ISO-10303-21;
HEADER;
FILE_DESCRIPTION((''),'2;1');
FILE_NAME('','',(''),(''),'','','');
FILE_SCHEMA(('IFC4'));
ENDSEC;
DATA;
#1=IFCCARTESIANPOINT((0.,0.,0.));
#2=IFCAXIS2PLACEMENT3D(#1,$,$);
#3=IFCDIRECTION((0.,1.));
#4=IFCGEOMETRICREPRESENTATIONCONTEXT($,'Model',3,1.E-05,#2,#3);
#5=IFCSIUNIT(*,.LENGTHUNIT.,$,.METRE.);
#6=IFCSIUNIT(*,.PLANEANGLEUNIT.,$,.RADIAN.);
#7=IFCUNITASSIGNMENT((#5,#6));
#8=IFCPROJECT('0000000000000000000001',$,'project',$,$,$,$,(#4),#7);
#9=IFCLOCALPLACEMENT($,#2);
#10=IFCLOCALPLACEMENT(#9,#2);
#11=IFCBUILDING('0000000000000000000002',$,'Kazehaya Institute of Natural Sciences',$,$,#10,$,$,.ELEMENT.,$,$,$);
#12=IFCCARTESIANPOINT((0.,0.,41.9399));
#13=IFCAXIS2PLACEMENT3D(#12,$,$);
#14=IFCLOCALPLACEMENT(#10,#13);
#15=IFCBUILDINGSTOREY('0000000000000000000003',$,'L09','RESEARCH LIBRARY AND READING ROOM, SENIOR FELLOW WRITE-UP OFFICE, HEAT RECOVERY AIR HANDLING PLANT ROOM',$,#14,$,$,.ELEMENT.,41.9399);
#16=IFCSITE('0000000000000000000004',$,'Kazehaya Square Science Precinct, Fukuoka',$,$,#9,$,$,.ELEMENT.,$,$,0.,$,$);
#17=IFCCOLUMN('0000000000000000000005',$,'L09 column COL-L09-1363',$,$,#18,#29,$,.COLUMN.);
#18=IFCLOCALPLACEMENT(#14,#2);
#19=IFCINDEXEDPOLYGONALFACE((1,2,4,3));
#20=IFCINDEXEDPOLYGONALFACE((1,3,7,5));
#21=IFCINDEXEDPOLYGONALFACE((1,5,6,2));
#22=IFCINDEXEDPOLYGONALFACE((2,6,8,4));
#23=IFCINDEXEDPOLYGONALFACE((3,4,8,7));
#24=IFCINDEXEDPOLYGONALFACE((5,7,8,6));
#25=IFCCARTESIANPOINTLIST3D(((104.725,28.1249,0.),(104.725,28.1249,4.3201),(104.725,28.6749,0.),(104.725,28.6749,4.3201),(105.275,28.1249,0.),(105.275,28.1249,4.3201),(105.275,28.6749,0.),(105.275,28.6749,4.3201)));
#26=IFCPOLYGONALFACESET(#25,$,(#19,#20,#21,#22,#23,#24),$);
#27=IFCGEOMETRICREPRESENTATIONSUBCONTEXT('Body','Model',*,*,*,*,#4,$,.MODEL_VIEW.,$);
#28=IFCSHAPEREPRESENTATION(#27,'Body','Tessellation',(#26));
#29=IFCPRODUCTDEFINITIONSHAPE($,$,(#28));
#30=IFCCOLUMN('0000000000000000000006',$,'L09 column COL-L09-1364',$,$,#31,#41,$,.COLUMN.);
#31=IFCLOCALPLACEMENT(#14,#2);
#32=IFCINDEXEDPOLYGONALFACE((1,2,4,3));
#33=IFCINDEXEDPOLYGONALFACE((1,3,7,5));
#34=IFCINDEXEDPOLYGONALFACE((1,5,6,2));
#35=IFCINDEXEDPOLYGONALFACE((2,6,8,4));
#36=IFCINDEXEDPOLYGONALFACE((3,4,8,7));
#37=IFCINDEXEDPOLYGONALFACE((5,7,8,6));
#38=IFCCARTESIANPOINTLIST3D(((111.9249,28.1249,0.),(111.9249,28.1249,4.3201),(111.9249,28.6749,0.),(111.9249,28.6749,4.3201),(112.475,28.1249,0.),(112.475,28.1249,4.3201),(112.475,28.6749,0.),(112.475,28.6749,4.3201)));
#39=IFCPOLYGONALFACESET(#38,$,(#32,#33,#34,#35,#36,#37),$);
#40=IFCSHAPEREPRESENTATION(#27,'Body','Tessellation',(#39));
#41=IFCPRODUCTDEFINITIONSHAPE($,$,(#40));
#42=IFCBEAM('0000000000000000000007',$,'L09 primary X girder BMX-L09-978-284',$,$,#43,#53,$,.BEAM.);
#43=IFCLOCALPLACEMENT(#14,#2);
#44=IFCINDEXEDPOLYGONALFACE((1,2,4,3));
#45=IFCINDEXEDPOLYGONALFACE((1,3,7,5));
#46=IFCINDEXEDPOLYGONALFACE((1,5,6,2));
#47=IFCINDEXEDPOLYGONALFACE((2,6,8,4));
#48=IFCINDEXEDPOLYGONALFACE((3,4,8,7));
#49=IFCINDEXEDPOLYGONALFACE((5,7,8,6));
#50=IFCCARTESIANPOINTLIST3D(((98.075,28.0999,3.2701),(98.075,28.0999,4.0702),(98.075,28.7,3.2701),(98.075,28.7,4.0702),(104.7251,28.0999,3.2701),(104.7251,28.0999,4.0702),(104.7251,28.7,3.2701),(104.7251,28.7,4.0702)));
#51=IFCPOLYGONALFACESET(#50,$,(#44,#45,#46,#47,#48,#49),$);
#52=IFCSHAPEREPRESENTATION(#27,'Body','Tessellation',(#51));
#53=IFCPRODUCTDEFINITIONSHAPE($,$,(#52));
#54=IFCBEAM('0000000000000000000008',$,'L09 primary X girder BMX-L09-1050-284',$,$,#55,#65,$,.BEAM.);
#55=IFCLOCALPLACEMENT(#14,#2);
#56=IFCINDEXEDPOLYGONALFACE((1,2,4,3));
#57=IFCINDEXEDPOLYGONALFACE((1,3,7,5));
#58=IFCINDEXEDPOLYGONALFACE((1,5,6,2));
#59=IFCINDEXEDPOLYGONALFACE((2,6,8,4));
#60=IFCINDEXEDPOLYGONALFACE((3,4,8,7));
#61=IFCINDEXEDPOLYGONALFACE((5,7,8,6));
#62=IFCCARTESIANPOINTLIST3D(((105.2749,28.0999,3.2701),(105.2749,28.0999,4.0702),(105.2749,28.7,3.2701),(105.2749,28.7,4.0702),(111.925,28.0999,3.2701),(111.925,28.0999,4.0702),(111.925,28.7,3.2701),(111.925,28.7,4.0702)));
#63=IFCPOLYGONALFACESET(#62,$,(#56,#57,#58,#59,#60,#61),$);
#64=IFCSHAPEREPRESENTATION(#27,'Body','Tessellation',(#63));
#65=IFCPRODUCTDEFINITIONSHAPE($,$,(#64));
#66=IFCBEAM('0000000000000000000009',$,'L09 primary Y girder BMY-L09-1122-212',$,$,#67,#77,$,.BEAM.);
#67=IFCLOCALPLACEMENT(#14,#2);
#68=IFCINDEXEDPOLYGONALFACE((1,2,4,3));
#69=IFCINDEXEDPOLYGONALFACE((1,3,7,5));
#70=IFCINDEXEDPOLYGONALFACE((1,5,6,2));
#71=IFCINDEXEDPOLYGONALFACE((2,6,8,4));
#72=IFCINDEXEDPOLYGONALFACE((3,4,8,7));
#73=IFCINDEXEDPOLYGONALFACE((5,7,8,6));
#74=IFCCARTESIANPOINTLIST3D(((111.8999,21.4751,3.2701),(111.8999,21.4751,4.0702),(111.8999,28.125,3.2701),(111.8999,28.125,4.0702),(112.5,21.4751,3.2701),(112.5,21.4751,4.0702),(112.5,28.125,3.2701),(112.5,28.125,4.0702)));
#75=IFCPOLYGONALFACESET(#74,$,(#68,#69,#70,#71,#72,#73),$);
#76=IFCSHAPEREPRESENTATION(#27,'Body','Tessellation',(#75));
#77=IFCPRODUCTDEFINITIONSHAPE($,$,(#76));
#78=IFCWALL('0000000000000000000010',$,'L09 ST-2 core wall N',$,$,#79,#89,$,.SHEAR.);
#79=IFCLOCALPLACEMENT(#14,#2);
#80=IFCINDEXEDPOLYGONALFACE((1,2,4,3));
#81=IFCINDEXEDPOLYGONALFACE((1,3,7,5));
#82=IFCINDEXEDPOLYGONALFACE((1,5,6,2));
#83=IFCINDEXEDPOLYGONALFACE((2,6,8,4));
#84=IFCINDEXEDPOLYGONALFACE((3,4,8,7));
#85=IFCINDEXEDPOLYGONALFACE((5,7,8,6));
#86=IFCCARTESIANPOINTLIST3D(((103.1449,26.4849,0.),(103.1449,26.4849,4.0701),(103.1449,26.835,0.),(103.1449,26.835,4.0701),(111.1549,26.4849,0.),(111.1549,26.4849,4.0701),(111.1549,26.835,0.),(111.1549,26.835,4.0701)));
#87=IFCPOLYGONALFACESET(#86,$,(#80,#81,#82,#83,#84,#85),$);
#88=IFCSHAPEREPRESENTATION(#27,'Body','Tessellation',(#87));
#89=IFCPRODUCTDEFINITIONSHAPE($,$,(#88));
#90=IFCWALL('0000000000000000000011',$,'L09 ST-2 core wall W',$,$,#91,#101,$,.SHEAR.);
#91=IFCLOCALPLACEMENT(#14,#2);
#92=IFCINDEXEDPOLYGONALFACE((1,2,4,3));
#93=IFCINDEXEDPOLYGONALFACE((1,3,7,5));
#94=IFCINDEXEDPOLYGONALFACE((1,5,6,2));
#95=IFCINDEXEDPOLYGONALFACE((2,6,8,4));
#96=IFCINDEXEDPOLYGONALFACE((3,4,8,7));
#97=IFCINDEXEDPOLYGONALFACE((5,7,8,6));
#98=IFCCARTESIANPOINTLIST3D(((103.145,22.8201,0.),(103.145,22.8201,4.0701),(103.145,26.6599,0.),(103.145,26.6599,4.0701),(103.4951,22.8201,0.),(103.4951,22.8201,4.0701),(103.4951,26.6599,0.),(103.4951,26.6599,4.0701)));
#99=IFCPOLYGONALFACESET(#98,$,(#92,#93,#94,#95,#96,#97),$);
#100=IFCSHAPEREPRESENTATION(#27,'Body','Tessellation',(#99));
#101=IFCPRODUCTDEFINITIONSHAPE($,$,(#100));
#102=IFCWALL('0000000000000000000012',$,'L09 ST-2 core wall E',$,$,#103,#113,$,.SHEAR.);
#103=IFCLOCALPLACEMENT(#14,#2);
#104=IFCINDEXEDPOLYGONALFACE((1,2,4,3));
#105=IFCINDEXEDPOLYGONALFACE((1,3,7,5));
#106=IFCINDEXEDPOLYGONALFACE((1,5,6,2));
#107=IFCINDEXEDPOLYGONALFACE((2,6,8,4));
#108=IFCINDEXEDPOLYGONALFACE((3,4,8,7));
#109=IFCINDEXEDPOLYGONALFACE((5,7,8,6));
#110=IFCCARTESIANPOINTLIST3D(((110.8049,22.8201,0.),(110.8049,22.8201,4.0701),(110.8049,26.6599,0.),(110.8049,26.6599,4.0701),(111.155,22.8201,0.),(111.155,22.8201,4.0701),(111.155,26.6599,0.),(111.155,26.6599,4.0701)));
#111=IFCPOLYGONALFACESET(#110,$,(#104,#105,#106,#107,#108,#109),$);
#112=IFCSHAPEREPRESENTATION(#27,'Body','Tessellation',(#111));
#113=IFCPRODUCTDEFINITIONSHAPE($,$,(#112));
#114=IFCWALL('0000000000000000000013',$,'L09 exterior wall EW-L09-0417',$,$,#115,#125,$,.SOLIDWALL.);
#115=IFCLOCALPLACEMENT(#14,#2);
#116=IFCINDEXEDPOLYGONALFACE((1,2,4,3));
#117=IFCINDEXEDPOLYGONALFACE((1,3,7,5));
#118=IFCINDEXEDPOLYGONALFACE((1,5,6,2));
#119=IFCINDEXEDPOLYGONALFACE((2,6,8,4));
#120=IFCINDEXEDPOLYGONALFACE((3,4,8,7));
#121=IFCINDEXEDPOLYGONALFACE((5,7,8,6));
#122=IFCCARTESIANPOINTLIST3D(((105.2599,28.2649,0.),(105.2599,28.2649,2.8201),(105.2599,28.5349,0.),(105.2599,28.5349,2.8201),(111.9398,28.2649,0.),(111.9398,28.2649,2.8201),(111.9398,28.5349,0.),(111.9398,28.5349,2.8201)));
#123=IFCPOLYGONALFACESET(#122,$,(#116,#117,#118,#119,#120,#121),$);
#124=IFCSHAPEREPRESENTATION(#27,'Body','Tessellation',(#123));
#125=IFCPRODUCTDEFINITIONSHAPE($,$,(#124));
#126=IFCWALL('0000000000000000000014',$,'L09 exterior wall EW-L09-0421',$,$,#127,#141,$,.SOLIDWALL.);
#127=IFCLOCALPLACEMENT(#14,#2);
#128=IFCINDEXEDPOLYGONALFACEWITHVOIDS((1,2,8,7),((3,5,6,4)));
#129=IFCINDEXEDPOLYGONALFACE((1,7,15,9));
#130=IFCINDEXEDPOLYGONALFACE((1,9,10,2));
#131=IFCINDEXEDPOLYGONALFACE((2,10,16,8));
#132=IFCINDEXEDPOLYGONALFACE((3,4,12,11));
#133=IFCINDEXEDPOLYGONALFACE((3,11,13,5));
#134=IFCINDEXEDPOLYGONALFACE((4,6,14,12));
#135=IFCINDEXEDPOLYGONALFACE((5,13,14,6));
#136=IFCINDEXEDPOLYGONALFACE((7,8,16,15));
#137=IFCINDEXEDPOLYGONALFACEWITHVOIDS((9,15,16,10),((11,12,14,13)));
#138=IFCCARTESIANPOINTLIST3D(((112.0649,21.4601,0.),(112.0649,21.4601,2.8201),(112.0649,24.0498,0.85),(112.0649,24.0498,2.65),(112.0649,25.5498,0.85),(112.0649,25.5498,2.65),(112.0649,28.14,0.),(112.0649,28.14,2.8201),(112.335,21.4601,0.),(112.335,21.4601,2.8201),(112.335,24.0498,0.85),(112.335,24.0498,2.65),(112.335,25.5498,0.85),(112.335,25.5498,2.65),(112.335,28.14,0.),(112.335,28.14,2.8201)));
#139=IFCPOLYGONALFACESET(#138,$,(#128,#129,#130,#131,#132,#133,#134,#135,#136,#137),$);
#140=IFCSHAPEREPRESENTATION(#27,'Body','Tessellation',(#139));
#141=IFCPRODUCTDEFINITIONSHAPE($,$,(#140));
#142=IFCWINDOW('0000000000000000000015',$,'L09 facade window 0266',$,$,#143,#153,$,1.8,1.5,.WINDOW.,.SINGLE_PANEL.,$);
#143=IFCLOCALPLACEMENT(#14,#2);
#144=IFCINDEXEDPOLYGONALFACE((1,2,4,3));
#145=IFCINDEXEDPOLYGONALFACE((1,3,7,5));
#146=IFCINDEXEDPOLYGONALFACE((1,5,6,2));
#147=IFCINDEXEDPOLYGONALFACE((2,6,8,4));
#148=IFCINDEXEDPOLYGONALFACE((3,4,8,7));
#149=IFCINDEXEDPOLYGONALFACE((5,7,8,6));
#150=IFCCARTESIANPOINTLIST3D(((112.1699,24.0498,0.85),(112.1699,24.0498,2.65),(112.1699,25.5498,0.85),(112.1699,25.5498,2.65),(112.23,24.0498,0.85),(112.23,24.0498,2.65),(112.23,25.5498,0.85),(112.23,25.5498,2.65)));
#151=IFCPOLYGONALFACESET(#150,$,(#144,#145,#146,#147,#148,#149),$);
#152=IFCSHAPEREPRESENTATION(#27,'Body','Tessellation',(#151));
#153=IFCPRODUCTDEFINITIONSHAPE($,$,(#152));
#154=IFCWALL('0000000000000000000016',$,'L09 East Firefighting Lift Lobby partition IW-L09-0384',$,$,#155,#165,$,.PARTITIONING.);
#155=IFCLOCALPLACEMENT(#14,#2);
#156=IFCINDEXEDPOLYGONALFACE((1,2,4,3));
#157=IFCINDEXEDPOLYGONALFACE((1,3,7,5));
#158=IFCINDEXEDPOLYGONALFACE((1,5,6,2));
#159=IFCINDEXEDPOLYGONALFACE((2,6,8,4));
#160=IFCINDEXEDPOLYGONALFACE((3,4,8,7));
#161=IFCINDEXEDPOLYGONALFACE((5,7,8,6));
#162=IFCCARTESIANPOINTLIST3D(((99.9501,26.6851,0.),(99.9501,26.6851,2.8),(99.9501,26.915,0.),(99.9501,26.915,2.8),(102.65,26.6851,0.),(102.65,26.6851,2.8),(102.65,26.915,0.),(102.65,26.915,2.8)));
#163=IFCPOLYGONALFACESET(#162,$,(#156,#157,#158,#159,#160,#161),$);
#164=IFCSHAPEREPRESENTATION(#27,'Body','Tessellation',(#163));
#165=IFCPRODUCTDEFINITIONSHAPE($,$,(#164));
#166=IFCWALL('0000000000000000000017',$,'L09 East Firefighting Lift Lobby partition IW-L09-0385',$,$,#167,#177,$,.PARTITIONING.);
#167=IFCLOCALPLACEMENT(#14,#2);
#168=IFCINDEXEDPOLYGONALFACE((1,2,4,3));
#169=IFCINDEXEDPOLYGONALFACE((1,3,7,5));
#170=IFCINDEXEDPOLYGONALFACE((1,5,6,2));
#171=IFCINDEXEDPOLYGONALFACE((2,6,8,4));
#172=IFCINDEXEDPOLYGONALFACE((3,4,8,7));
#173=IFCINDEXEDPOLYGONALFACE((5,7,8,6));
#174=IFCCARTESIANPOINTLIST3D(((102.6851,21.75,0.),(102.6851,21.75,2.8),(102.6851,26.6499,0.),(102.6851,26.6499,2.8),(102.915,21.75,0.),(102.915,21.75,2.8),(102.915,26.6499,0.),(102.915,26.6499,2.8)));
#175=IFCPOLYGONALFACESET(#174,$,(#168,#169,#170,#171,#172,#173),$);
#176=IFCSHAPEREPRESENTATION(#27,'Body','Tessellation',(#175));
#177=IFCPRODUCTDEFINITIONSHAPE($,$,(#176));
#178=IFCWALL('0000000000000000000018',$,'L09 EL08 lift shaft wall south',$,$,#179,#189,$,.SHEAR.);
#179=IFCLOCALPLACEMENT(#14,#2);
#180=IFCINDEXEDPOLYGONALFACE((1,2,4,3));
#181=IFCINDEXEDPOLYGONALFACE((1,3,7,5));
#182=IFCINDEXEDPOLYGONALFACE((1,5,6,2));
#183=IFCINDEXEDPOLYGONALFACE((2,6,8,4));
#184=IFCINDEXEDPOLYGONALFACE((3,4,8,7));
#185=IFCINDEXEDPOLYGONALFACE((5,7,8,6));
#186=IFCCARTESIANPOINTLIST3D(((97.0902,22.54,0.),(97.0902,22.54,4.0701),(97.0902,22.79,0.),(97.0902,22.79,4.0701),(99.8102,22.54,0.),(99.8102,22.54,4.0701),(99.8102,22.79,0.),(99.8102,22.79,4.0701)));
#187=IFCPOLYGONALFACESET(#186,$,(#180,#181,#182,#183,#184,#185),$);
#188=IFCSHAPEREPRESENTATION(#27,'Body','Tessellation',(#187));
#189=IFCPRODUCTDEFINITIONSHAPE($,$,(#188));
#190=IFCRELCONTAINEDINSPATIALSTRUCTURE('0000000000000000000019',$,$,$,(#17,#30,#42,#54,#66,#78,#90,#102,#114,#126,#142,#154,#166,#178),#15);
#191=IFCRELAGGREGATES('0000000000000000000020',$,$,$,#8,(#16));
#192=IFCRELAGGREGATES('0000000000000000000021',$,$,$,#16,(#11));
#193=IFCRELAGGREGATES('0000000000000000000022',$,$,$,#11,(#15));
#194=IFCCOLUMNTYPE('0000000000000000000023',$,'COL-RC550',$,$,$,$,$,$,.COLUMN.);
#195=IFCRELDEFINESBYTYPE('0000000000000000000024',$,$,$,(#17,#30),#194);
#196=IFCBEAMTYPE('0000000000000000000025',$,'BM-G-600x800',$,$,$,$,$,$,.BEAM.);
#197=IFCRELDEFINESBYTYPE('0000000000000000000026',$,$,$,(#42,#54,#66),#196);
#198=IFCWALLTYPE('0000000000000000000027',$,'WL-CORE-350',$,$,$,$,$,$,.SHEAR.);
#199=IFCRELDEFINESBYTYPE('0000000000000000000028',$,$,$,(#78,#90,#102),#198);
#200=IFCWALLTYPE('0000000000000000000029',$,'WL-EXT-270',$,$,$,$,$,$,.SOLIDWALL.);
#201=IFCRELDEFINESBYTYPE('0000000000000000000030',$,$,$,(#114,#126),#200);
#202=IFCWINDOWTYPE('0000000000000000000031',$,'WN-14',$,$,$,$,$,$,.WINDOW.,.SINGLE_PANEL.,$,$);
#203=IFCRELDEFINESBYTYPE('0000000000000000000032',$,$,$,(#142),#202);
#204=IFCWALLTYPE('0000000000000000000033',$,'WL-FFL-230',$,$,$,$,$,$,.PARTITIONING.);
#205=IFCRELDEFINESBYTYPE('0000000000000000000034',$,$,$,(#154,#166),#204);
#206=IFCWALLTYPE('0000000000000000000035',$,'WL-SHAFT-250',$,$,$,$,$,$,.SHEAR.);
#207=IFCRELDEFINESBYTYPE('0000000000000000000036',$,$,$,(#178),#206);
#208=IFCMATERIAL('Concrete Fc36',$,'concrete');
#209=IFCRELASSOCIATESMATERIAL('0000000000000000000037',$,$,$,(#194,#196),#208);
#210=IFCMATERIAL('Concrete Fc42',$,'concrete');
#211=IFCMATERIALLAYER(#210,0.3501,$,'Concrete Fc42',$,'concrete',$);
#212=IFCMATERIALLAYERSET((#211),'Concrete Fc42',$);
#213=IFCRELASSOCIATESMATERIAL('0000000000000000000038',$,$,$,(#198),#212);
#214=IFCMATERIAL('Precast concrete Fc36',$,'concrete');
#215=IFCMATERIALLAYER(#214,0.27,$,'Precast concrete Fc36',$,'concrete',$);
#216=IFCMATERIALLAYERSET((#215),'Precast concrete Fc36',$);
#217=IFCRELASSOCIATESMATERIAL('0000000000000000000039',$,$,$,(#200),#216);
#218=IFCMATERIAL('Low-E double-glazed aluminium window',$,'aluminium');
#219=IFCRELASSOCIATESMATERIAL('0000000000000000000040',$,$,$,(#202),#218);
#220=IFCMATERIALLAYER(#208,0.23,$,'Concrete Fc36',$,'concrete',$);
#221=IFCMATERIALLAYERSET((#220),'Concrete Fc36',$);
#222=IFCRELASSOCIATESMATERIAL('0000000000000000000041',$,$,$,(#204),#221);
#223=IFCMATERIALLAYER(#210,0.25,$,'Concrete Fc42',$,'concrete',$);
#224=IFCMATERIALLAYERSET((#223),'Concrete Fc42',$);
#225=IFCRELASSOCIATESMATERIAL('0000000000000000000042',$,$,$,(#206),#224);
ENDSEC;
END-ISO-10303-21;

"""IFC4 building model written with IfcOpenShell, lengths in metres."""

from ifc_helpers import new_model, si_unit, direction, frame, frame_2d, origin, origin_2d, place, context, subcontext, project, spatial, rectangle, extrude, material, layer, layer_set, material_profile, profile_set, type_object, element, fill, save


model = new_model("IFC4")

# Units and contexts
model_context = context("Model", 3, precision=1e-05, world=origin(), true_north=direction((0.0, 1.0)))
body_context = subcontext(model_context, "Body", "Model", "MODEL_VIEW")
ifc_project = project(units=[si_unit("LENGTHUNIT", "METRE"), si_unit("PLANEANGLEUNIT", "RADIAN")], contexts=[model_context])

# Site, building, storey
site_placement = place(None, origin())
site = spatial("IfcSite", under=ifc_project, at=site_placement, Name="Kazehaya Square Science Precinct, Fukuoka", CompositionType="ELEMENT", RefElevation=0.0)
building_placement = place(site_placement, origin())
building = spatial("IfcBuilding", under=site, at=building_placement, Name="Kazehaya Institute of Natural Sciences", CompositionType="ELEMENT")
storey_placement = place(building_placement, frame((0.0, 0.0, 41.9399)))
storey = spatial("IfcBuildingStorey", under=building, at=storey_placement, Name="L09", Description="RESEARCH LIBRARY AND READING ROOM, SENIOR FELLOW WRITE-UP OFFICE, HEAT RECOVERY AIR HANDLING PLANT ROOM", CompositionType="ELEMENT", Elevation=41.9399)

# Columns
ifc_material_1 = material(Name="Concrete Fc36", Category="concrete")
ifc_material_profile_1 = material_profile(ifc_material_1, rectangle(XDim=0.55, YDim=0.55, at=origin_2d()), Name="RC-550x550")
ifc_profile_set_1 = profile_set([ifc_material_profile_1], Name="Concrete Fc36")
column_type = type_object("IfcColumnType", Name="COL-RC550", PredefinedType="COLUMN", material=ifc_profile_set_1)
for number, where, z_axis, x_axis, name in (
    (1, (105.0, 28.3999, 0.0), (0.0, 0.0, 1.0), (1.0, 0.0, 0.0), "L09 column COL-L09-1363"),
    (2, (112.2, 28.3999, 0.0), (0.0, 0.0, 1.0), (1.0, 0.0, 0.0), "L09 column COL-L09-1364"),
):
    element("IfcColumn", number, at=place(storey_placement, frame(where, z_axis=z_axis, x_axis=x_axis)), inside=storey, type_object=column_type, Name=name, PredefinedType="COLUMN", context=body_context, shape_type="SweptSolid", body=[
        extrude(rectangle(XDim=0.55, YDim=0.55, at=origin_2d()), origin(), (0.0, 0.0, 1.0), 4.3201),
    ])

# Beams
ifc_material_profile_2 = material_profile(ifc_material_1, rectangle(XDim=0.6001, YDim=0.8, at=origin_2d()), Name="RC-600x800")
ifc_profile_set_2 = profile_set([ifc_material_profile_2], Name="Concrete Fc36")
beam_type = type_object("IfcBeamType", Name="BM-G-600x800", PredefinedType="BEAM", material=ifc_profile_set_2)
for number, where, z_axis, x_axis, name in (
    (3, (98.075, 28.3999, 3.6702), (1.0, 0.0, 0.0), (0.0, 1.0, 0.0), "L09 primary X girder BMX-L09-978-284"),
    (4, (105.2749, 28.3999, 3.6702), (1.0, 0.0, 0.0), (0.0, 1.0, 0.0), "L09 primary X girder BMX-L09-1050-284"),
):
    element("IfcBeam", number, at=place(storey_placement, frame(where, z_axis=z_axis, x_axis=x_axis)), inside=storey, type_object=beam_type, Name=name, PredefinedType="BEAM", context=body_context, shape_type="SweptSolid", body=[
        extrude(rectangle(XDim=0.6001, YDim=0.8, at=origin_2d()), origin(), (0.0, 0.0, 1.0), 6.6501),
    ])
beam_placement = place(storey_placement, frame((112.2, 21.4751, 3.6702), z_axis=(0.0, 1.0, 0.0), x_axis=(-1.0, 0.0, 0.0)))
element("IfcBeam", 5, at=beam_placement, inside=storey, type_object=beam_type, Name="L09 primary Y girder BMY-L09-1122-212", PredefinedType="BEAM", context=body_context, shape_type="SweptSolid", body=[
    extrude(rectangle(XDim=0.6001, YDim=0.8, at=origin_2d()), origin(), (0.0, 0.0, 1.0), 6.6499),
])

# Shared definitions
ifc_material_2 = material(Name="Concrete Fc42", Category="concrete")
ifc_layer_1 = layer(ifc_material_2, 0.3501, Name="Concrete Fc42", Category="concrete")
ifc_layer_set_1 = layer_set([ifc_layer_1], Name="Concrete Fc42")
wall_type_1 = type_object("IfcWallType", Name="WL-CORE-350", PredefinedType="SHEAR", material=ifc_layer_set_1)

# Walls
wall_1_placement = place(storey_placement, frame((103.145, 26.6599, 0.0), z_axis=(0.0, 0.0, 1.0), x_axis=(1.0, 0.0, 0.0)))
element("IfcWall", 6, at=wall_1_placement, inside=storey, type_object=wall_type_1, Name="L09 ST-2 core wall N", PredefinedType="SHEAR", context=body_context, shape_type="SweptSolid", body=[
    extrude(rectangle(XDim=8.01, YDim=0.3501, at=frame_2d((4.0049, 0.0))), origin(), (0.0, 0.0, 1.0), 4.0701),
])
for number, where, z_axis, x_axis, name in (
    (7, (103.3201, 22.8201, 0.0), (0.0, 0.0, 1.0), (0.0, 1.0, 0.0), "L09 ST-2 core wall W"),
    (8, (110.98, 26.6599, 0.0), (0.0, 0.0, 1.0), (0.0, -1.0, 0.0), "L09 ST-2 core wall E"),
):
    element("IfcWall", number, at=place(storey_placement, frame(where, z_axis=z_axis, x_axis=x_axis)), inside=storey, type_object=wall_type_1, Name=name, PredefinedType="SHEAR", context=body_context, shape_type="SweptSolid", body=[
        extrude(rectangle(XDim=3.8398, YDim=0.3501, at=frame_2d((1.9199, 0.0))), origin(), (0.0, 0.0, 1.0), 4.0701),
    ])
ifc_material_3 = material(Name="Precast concrete Fc36", Category="concrete")
ifc_layer_2 = layer(ifc_material_3, 0.27, Name="Precast concrete Fc36", Category="concrete")
ifc_layer_set_2 = layer_set([ifc_layer_2], Name="Precast concrete Fc36")
wall_type_2 = type_object("IfcWallType", Name="WL-EXT-270", PredefinedType="SOLIDWALL", material=ifc_layer_set_2)
for number, where, z_axis, x_axis, name in (
    (9, (105.26, 28.3999, 0.0), (0.0, 0.0, 1.0), (1.0, 0.0, 0.0), "L09 exterior wall EW-L09-0417"),
):
    element("IfcWall", number, at=place(storey_placement, frame(where, z_axis=z_axis, x_axis=x_axis)), inside=storey, type_object=wall_type_2, Name=name, PredefinedType="SOLIDWALL", context=body_context, shape_type="SweptSolid", body=[
        extrude(rectangle(XDim=6.6799, YDim=0.27, at=frame_2d((3.3398, 0.0))), origin(), (0.0, 0.0, 1.0), 2.8201),
    ])

# Wall, opening, window
wall_2_placement = place(storey_placement, frame((112.2, 28.1399, 0.0), z_axis=(0.0, 0.0, 1.0), x_axis=(0.0, -1.0, 0.0)))
wall_2 = element("IfcWall", 10, at=wall_2_placement, inside=storey, type_object=wall_type_2, Name="L09 exterior wall EW-L09-0421", PredefinedType="SOLIDWALL", context=body_context, shape_type="SweptSolid", body=[
    extrude(rectangle(XDim=6.6799, YDim=0.27, at=frame_2d((3.3398, 0.0))), origin(), (0.0, 0.0, 1.0), 2.8201),
])
opening_1_placement = place(wall_2_placement, frame((2.5901, 0.0, 0.8501)))
opening_1 = element("IfcOpeningElement", 11, at=opening_1_placement, cuts=wall_2, PredefinedType="OPENING", context=body_context, shape_type="SweptSolid", body=[
    extrude(rectangle(XDim=1.5, YDim=1.8, at=frame_2d((0.75, 0.8999))), frame((0.0, 0.145, 0.0), z_axis=(0.0, -1.0, 0.0), x_axis=(1.0, 0.0, 0.0)), (0.0, 0.0, 1.0), 0.29),
])
ifc_material_4 = material(Name="Low-E double-glazed aluminium window", Category="aluminium")
window_type = type_object("IfcWindowType", Name="WN-14", PartitioningType="SINGLE_PANEL", PredefinedType="WINDOW", material=ifc_material_4)
window_placement = place(opening_1_placement, origin())
window = element("IfcWindow", 12, at=window_placement, inside=storey, type_object=window_type, Name="L09 facade window 0266", OverallHeight=1.8, OverallWidth=1.5, PartitioningType="SINGLE_PANEL", PredefinedType="WINDOW", context=body_context, shape_type="SweptSolid", body=[
    extrude(rectangle(XDim=1.5, YDim=1.8, at=frame_2d((0.75, 0.8999))), frame((0.0, 0.03, 0.0), z_axis=(0.0, -1.0, 0.0), x_axis=(1.0, 0.0, 0.0)), (0.0, 0.0, 1.0), 0.0601),
])
fill(opening_1, window)

# Shared definitions
ifc_layer_3 = layer(ifc_material_1, 0.23, Name="Concrete Fc36", Category="concrete")
ifc_layer_set_3 = layer_set([ifc_layer_3], Name="Concrete Fc36")
wall_type_3 = type_object("IfcWallType", Name="WL-FFL-230", PredefinedType="PARTITIONING", material=ifc_layer_set_3)

# Walls
wall_3_placement = place(storey_placement, frame((99.95, 26.8, 0.0), z_axis=(0.0, 0.0, 1.0), x_axis=(1.0, 0.0, 0.0)))
element("IfcWall", 13, at=wall_3_placement, inside=storey, type_object=wall_type_3, Name="L09 East Firefighting Lift Lobby partition IW-L09-0384", PredefinedType="PARTITIONING", context=body_context, shape_type="SweptSolid", body=[
    extrude(rectangle(XDim=2.7, YDim=0.23, at=frame_2d((1.3501, 0.0))), origin(), (0.0, 0.0, 1.0), 2.8),
])
wall_4_placement = place(storey_placement, frame((102.8, 26.6499, 0.0), z_axis=(0.0, 0.0, 1.0), x_axis=(0.0, -1.0, 0.0)))
element("IfcWall", 14, at=wall_4_placement, inside=storey, type_object=wall_type_3, Name="L09 East Firefighting Lift Lobby partition IW-L09-0385", PredefinedType="PARTITIONING", context=body_context, shape_type="SweptSolid", body=[
    extrude(rectangle(XDim=4.8999, YDim=0.23, at=frame_2d((2.45, 0.0))), origin(), (0.0, 0.0, 1.0), 2.8),
])
ifc_layer_4 = layer(ifc_material_2, 0.25, Name="Concrete Fc42", Category="concrete")
ifc_layer_set_4 = layer_set([ifc_layer_4], Name="Concrete Fc42")
wall_type_4 = type_object("IfcWallType", Name="WL-SHAFT-250", PredefinedType="SHEAR", material=ifc_layer_set_4)
wall_5_placement = place(storey_placement, frame((99.8101, 22.665, 0.0), z_axis=(0.0, 0.0, 1.0), x_axis=(-1.0, 0.0, 0.0)))
element("IfcWall", 15, at=wall_5_placement, inside=storey, type_object=wall_type_4, Name="L09 EL08 lift shaft wall south", PredefinedType="SHEAR", context=body_context, shape_type="SweptSolid", body=[
    extrude(rectangle(XDim=2.72, YDim=0.25, at=frame_2d((1.3599, 0.0))), origin(), (0.0, 0.0, 1.0), 4.0701),
])

save(model, "model.ifc")
